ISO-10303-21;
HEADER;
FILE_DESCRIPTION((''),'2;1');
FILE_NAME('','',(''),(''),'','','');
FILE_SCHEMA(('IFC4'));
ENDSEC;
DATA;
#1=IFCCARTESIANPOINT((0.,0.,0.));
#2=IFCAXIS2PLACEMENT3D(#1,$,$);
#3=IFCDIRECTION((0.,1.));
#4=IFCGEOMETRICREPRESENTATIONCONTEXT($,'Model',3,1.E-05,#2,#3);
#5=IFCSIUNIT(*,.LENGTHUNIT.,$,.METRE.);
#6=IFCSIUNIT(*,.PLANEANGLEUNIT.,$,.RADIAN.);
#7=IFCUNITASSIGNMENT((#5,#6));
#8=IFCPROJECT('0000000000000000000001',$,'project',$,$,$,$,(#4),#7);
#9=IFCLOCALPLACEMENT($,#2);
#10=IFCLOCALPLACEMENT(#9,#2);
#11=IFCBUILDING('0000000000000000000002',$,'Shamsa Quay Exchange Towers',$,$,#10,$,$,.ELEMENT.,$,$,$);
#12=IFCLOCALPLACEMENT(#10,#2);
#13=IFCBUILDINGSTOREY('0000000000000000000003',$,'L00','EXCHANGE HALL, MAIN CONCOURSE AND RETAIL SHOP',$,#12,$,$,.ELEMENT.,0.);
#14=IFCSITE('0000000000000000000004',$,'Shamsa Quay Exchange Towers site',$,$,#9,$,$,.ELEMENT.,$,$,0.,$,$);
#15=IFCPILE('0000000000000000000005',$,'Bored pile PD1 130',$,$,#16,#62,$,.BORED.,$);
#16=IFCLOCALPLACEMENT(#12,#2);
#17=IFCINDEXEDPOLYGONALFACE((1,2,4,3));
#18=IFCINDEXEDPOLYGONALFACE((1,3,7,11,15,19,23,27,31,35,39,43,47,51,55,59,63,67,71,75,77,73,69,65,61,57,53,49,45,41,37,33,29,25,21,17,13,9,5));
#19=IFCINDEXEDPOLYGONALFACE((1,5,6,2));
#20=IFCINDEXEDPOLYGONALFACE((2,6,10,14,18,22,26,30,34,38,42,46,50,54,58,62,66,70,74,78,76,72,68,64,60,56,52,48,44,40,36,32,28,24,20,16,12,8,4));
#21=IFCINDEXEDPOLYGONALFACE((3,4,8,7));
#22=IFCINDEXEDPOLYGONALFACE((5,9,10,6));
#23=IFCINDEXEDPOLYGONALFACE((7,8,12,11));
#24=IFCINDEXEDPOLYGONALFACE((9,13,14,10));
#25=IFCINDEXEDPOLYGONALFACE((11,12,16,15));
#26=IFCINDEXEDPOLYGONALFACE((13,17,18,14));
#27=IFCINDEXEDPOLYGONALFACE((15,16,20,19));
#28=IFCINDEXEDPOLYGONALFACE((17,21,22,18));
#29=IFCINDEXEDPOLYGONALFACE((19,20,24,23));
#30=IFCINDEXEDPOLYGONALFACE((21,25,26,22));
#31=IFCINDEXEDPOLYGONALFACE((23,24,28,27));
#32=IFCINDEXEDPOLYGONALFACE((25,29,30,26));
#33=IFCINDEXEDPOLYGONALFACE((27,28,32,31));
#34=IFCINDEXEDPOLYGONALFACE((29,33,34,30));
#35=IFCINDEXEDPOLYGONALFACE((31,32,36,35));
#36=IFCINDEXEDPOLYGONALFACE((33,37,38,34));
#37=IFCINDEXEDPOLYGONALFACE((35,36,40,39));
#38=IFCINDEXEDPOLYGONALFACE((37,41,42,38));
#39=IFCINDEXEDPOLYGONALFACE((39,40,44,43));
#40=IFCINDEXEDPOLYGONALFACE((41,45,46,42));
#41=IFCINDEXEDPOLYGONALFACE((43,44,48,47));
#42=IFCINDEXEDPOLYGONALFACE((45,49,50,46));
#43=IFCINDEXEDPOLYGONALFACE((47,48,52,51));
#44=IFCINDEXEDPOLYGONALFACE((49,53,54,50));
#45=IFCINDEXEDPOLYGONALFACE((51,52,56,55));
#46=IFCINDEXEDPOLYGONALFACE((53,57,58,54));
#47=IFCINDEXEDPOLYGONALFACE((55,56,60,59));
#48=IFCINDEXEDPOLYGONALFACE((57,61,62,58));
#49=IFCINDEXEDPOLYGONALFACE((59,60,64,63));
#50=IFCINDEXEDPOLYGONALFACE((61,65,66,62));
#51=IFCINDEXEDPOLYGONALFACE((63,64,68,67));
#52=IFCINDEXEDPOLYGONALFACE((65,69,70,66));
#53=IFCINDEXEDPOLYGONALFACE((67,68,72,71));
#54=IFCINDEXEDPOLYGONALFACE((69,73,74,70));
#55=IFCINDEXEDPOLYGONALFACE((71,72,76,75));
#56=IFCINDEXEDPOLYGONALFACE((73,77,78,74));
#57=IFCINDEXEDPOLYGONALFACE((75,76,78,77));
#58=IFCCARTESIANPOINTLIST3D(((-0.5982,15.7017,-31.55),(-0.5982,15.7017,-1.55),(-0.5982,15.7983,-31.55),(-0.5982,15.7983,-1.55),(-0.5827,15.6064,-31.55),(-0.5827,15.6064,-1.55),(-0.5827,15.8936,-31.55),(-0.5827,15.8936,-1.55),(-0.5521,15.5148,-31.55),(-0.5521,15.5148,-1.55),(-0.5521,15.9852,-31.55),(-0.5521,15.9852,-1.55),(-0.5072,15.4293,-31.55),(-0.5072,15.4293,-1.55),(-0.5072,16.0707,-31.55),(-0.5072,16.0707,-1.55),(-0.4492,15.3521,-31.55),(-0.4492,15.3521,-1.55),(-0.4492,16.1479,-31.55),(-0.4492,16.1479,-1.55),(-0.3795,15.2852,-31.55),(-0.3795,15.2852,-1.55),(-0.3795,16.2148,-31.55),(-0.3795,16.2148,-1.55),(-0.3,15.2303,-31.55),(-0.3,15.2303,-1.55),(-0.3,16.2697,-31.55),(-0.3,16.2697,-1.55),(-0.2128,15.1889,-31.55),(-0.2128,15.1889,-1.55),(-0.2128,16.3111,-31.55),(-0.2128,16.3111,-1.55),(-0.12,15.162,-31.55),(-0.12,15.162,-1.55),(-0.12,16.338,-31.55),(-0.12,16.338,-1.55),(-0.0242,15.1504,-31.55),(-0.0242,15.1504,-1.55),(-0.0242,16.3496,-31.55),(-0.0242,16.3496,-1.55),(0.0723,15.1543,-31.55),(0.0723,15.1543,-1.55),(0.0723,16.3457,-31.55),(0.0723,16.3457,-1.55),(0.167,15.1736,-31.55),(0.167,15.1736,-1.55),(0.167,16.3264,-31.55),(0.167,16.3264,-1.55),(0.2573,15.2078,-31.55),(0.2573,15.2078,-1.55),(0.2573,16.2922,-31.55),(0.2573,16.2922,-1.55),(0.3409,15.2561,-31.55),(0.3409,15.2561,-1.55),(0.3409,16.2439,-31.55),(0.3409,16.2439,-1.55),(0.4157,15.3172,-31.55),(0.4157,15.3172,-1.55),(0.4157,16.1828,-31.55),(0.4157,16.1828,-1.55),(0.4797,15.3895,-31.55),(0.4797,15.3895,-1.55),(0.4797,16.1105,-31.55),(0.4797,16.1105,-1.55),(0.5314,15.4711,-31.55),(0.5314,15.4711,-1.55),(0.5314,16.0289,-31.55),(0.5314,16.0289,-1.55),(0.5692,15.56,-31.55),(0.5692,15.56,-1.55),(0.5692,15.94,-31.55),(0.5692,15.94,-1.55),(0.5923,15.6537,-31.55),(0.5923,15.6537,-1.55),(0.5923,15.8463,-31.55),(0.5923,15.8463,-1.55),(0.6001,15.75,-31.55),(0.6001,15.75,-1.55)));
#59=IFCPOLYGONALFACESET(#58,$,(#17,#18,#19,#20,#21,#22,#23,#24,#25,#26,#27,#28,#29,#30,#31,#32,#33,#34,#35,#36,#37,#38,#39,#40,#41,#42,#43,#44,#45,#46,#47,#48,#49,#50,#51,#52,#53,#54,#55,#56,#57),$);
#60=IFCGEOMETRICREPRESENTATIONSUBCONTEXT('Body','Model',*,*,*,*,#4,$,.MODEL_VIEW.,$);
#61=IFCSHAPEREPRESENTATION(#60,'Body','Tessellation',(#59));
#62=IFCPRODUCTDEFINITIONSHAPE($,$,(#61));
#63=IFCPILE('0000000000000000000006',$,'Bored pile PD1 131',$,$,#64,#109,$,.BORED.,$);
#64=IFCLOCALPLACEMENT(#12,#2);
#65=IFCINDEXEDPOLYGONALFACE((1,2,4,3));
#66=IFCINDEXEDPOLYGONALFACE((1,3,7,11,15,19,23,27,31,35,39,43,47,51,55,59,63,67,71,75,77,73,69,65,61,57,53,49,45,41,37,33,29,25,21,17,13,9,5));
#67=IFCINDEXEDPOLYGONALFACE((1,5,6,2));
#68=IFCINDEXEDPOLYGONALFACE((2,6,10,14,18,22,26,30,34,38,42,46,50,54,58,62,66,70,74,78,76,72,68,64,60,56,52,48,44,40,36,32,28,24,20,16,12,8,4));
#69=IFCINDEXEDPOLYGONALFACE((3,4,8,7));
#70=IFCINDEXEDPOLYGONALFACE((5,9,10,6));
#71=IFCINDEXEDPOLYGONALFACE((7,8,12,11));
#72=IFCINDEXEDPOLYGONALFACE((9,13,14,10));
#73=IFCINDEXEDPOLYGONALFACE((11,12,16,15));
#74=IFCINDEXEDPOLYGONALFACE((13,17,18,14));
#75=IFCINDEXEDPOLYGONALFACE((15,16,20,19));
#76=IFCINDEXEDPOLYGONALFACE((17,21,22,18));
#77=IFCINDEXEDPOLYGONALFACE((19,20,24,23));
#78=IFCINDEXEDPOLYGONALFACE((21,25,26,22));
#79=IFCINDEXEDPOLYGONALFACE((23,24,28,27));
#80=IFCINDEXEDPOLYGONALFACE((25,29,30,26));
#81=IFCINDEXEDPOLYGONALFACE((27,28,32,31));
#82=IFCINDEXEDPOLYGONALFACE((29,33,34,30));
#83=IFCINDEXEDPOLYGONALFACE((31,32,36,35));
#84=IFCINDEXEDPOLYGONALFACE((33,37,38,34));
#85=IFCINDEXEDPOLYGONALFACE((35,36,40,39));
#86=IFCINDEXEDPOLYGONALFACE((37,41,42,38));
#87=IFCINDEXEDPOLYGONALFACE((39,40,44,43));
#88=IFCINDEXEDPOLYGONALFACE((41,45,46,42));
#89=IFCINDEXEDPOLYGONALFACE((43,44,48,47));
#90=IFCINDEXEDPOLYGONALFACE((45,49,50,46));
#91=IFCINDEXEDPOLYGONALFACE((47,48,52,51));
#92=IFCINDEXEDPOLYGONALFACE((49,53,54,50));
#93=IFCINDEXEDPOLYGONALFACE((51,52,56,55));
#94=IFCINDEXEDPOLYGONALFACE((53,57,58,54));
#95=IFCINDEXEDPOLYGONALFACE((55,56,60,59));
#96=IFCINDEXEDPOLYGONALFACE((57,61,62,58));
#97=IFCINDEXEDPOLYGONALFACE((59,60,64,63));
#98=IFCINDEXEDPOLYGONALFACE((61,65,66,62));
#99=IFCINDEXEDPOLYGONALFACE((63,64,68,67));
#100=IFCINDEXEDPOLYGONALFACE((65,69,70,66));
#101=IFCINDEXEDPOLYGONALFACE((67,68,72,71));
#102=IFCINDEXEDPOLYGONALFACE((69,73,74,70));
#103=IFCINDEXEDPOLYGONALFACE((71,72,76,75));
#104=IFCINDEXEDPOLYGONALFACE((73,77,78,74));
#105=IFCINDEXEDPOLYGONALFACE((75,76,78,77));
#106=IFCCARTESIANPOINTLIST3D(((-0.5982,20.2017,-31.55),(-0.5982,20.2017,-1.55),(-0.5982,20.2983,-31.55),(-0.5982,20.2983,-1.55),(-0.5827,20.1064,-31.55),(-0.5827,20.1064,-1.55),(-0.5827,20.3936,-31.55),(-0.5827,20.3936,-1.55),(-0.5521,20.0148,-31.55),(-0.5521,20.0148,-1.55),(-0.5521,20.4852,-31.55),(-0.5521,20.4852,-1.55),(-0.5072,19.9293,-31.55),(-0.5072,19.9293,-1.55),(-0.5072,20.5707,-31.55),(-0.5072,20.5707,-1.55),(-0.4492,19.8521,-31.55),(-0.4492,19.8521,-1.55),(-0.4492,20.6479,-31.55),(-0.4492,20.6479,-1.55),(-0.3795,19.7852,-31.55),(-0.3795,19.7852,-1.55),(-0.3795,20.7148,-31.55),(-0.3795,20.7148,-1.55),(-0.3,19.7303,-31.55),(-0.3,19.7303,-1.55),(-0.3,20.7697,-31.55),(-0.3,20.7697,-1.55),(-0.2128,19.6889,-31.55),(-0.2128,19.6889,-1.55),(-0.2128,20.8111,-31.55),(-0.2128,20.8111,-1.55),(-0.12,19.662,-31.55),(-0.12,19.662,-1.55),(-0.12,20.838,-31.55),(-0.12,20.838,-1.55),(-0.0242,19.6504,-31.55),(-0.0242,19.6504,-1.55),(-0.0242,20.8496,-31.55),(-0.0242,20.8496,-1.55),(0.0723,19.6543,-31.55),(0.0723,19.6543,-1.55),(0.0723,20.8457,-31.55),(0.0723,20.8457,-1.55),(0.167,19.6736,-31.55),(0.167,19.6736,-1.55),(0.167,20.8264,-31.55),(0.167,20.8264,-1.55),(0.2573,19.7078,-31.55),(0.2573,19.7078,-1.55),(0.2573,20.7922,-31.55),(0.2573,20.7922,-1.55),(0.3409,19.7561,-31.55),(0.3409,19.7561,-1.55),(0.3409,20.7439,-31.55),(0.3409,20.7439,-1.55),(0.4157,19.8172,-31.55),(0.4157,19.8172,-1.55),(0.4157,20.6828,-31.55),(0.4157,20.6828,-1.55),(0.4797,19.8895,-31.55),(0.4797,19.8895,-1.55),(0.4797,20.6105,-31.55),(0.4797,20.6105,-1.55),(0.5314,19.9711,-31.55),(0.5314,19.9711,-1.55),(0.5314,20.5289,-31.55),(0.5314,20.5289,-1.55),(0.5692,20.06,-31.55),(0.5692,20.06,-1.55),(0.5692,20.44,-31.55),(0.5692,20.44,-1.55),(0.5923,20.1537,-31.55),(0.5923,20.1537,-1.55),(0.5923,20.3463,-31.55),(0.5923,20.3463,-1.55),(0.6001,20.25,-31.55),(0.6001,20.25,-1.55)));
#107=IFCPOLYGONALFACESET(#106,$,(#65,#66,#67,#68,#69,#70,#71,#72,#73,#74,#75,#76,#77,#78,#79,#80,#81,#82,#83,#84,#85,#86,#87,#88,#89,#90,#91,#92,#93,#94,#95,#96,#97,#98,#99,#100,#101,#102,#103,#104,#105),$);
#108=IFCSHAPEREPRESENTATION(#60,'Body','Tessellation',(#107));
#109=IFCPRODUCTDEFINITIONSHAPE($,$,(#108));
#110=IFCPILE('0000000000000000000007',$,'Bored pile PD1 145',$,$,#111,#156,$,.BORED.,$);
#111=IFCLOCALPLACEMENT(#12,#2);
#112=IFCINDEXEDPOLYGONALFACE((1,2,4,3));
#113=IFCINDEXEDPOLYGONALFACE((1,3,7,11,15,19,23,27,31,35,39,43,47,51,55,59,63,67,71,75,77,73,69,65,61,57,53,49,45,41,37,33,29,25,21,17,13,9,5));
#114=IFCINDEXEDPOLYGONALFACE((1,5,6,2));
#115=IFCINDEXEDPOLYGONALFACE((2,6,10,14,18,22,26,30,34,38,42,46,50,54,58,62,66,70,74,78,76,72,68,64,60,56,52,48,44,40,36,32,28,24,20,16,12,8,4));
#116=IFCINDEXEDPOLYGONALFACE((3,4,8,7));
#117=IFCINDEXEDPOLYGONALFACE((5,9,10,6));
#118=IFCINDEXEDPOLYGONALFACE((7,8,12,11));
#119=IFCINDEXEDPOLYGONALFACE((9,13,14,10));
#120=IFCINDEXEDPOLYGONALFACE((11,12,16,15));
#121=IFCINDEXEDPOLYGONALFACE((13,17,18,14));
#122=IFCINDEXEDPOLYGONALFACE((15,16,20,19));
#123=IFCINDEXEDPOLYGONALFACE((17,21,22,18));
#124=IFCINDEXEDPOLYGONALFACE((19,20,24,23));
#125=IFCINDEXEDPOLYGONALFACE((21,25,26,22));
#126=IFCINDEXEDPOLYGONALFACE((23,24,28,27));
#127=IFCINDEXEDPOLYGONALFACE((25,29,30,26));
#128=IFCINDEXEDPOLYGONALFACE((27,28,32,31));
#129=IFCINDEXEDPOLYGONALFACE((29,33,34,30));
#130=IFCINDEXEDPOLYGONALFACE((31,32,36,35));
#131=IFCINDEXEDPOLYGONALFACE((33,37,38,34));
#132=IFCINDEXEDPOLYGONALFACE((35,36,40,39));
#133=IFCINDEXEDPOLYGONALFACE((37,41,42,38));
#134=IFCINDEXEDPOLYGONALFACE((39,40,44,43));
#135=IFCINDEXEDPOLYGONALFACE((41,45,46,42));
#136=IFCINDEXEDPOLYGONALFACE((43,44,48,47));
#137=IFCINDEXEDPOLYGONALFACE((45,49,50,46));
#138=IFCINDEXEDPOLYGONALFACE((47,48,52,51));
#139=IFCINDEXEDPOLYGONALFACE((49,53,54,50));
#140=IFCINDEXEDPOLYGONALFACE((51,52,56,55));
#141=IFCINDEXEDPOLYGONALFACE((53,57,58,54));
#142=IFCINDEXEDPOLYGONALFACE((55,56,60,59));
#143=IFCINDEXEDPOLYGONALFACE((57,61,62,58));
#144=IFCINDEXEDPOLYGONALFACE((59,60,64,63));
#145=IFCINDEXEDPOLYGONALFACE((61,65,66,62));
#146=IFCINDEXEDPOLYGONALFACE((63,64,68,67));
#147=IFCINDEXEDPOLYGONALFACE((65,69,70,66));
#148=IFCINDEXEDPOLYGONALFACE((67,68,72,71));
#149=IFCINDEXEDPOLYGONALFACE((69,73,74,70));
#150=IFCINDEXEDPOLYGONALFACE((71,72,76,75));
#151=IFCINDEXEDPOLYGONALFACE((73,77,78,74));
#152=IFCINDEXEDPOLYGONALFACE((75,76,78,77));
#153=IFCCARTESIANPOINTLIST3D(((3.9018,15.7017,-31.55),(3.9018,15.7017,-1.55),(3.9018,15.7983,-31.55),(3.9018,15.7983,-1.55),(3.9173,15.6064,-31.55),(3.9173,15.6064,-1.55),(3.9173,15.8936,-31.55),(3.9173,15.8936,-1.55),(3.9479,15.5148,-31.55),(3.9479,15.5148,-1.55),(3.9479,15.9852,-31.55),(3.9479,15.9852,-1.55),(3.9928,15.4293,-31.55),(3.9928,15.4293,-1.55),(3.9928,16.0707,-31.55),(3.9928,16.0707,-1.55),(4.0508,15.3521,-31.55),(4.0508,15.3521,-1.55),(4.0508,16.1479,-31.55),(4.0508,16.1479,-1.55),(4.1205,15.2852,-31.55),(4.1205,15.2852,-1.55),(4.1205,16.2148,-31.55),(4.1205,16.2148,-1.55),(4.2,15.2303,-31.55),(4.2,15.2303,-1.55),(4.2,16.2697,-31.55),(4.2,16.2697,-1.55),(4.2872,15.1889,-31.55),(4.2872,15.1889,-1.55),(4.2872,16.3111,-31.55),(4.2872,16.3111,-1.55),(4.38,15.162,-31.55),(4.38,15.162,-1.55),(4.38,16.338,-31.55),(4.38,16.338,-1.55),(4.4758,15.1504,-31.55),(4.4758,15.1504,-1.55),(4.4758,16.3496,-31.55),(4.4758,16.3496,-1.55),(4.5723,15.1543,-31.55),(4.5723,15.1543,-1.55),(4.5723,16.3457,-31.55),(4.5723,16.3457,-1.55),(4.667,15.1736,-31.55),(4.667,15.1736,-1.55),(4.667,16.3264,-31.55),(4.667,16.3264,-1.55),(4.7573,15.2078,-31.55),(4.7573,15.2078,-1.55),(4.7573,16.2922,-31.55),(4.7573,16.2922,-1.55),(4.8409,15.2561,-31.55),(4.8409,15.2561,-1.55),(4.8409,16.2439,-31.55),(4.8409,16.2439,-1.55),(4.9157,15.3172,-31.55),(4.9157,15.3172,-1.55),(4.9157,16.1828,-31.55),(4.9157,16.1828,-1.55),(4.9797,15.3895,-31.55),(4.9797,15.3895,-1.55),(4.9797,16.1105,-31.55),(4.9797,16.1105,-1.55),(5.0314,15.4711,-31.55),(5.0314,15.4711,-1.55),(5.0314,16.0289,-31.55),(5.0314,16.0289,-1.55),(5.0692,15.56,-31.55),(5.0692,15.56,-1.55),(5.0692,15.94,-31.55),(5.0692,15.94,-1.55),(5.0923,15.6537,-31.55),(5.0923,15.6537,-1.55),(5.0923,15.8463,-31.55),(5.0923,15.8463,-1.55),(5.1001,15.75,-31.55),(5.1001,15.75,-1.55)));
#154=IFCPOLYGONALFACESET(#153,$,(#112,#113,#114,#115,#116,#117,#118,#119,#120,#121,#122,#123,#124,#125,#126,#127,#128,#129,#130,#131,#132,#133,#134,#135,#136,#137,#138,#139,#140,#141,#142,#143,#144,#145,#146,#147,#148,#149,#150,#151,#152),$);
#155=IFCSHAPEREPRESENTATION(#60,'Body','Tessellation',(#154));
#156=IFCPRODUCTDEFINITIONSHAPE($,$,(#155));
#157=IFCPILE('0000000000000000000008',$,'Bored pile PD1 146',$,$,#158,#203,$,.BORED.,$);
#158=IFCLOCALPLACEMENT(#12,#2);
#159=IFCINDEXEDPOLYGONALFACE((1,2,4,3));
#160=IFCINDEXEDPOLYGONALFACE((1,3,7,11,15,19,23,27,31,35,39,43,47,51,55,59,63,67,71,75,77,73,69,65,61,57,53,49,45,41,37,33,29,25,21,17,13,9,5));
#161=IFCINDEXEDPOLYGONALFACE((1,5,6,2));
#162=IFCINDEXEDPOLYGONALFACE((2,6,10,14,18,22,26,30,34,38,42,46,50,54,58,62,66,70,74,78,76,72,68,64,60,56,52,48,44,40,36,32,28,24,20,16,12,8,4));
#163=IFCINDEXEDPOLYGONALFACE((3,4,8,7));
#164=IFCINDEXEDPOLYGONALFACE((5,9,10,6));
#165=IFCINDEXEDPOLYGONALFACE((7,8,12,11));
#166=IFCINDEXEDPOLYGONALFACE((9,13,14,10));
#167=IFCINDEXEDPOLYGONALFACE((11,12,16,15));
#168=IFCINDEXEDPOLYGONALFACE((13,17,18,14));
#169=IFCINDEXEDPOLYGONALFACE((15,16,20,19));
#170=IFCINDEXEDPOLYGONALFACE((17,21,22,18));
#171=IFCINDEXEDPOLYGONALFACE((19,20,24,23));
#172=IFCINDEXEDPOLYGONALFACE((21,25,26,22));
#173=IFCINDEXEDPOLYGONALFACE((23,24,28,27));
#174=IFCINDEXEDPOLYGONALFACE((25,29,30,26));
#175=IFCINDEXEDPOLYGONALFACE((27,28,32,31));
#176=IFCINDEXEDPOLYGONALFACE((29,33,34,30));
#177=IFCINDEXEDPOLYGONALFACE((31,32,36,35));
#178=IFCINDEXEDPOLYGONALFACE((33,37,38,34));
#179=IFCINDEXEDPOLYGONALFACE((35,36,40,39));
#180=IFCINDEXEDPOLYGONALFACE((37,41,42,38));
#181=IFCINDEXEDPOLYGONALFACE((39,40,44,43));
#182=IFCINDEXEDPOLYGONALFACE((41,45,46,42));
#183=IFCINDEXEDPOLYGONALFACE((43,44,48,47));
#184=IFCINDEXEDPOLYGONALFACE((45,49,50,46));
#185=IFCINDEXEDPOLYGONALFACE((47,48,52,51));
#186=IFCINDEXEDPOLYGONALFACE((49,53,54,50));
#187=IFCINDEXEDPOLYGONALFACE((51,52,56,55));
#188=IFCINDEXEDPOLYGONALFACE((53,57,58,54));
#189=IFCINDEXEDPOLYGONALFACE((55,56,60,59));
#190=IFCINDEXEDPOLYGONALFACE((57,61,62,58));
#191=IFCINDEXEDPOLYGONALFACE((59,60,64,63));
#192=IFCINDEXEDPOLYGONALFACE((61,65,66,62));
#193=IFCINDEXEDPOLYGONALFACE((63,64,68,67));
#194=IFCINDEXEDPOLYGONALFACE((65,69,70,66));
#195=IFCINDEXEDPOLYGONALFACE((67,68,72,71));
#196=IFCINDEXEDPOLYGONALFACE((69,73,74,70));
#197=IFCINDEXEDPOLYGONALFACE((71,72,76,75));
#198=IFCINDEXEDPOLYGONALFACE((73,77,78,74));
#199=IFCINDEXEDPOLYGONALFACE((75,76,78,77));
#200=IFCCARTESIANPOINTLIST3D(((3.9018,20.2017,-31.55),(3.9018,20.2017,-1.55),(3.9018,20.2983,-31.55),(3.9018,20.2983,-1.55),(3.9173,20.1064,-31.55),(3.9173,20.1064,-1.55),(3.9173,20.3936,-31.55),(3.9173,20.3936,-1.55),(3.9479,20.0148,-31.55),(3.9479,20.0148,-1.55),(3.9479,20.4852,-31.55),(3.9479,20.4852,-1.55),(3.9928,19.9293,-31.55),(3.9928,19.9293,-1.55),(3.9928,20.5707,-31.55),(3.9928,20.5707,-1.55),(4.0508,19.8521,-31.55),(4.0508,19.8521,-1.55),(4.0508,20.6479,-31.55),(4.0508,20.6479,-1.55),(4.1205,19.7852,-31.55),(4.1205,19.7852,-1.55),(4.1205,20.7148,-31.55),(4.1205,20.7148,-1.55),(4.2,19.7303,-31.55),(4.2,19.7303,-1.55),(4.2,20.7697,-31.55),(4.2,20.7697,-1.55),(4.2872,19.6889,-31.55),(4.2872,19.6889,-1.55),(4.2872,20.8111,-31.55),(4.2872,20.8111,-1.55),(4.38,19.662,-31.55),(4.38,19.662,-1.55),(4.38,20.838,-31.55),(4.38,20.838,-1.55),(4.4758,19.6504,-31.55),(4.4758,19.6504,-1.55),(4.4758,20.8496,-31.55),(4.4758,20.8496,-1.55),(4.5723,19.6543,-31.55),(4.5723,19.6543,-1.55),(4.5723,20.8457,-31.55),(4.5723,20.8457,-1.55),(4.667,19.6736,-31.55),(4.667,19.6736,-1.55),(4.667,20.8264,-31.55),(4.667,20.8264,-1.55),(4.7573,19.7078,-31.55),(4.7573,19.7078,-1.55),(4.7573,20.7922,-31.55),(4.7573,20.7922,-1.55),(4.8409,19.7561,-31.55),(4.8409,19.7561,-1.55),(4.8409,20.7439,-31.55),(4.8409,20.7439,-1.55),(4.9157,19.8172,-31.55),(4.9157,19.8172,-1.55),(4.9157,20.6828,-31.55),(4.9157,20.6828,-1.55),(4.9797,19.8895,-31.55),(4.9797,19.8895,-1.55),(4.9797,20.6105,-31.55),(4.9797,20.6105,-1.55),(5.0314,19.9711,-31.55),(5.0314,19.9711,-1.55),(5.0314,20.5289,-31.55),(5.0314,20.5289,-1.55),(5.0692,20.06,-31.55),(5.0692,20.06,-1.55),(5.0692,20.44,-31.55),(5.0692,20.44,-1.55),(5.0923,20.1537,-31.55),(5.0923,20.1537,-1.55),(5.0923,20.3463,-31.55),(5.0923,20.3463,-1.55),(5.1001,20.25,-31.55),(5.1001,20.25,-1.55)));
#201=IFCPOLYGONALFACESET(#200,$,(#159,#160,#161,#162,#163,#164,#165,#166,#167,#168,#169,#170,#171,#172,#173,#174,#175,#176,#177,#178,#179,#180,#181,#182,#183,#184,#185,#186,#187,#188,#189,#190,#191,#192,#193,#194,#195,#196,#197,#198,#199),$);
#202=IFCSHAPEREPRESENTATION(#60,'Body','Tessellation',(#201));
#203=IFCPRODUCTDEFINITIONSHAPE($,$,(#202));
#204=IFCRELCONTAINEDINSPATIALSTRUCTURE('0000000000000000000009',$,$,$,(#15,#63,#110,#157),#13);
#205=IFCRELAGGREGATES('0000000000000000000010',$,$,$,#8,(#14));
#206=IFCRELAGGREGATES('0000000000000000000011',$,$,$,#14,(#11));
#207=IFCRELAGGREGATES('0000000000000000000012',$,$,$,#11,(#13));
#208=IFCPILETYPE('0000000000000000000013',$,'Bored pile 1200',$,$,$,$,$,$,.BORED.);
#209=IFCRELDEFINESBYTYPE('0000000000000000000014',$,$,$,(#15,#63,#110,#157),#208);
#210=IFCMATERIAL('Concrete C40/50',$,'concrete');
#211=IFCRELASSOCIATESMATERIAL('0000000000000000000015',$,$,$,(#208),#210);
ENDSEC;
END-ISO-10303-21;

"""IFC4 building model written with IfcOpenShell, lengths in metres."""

from ifc_helpers import new_model, si_unit, direction, frame, origin, origin_2d, place, context, subcontext, project, spatial, circle, extrude, material, material_profile, profile_set, type_object, element, save


model = new_model("IFC4")

# Units and contexts
model_context = context("Model", 3, precision=1e-05, world=origin(), true_north=direction((0.0, 1.0)))
body_context = subcontext(model_context, "Body", "Model", "MODEL_VIEW")
ifc_project = project(units=[si_unit("LENGTHUNIT", "METRE"), si_unit("PLANEANGLEUNIT", "RADIAN")], contexts=[model_context])

# Site, building, storey
site_placement = place(None, origin())
site = spatial("IfcSite", under=ifc_project, at=site_placement, Name="Shamsa Quay Exchange Towers site", CompositionType="ELEMENT", RefElevation=0.0)
building_placement = place(site_placement, origin())
building = spatial("IfcBuilding", under=site, at=building_placement, Name="Shamsa Quay Exchange Towers", CompositionType="ELEMENT")
storey_placement = place(building_placement, origin())
storey = spatial("IfcBuildingStorey", under=building, at=storey_placement, Name="L00", Description="EXCHANGE HALL, MAIN CONCOURSE AND RETAIL SHOP", CompositionType="ELEMENT", Elevation=0.0)

# Piles
ifc_material_1 = material(Name="Concrete C40/50", Category="concrete")
ifc_material_profile_1 = material_profile(ifc_material_1, circle(Radius=0.6001, at=origin_2d()), Name="BP1200")
ifc_profile_set_1 = profile_set([ifc_material_profile_1], Name="Concrete C40/50")
pile_type = type_object("IfcPileType", Name="Bored pile 1200", PredefinedType="BORED", material=ifc_profile_set_1)
for number, where, z_axis, x_axis, name in (
    (1, (0.0, 15.75, -1.55), (0.0, 0.0, -1.0), (1.0, 0.0, 0.0), "Bored pile PD1 130"),
    (2, (0.0, 20.25, -1.55), (0.0, 0.0, -1.0), (1.0, 0.0, 0.0), "Bored pile PD1 131"),
    (3, (4.5, 15.75, -1.55), (0.0, 0.0, -1.0), (1.0, 0.0, 0.0), "Bored pile PD1 145"),
    (4, (4.5, 20.25, -1.55), (0.0, 0.0, -1.0), (1.0, 0.0, 0.0), "Bored pile PD1 146"),
):
    element("IfcPile", number, at=place(storey_placement, frame(where, z_axis=z_axis, x_axis=x_axis)), inside=storey, type_object=pile_type, Name=name, PredefinedType="BORED", context=body_context, shape_type="SweptSolid", body=[
        extrude(circle(Radius=0.6001, at=origin_2d()), origin(), (0.0, 0.0, 1.0), 30.0),
    ])

save(model, "model.ifc")
